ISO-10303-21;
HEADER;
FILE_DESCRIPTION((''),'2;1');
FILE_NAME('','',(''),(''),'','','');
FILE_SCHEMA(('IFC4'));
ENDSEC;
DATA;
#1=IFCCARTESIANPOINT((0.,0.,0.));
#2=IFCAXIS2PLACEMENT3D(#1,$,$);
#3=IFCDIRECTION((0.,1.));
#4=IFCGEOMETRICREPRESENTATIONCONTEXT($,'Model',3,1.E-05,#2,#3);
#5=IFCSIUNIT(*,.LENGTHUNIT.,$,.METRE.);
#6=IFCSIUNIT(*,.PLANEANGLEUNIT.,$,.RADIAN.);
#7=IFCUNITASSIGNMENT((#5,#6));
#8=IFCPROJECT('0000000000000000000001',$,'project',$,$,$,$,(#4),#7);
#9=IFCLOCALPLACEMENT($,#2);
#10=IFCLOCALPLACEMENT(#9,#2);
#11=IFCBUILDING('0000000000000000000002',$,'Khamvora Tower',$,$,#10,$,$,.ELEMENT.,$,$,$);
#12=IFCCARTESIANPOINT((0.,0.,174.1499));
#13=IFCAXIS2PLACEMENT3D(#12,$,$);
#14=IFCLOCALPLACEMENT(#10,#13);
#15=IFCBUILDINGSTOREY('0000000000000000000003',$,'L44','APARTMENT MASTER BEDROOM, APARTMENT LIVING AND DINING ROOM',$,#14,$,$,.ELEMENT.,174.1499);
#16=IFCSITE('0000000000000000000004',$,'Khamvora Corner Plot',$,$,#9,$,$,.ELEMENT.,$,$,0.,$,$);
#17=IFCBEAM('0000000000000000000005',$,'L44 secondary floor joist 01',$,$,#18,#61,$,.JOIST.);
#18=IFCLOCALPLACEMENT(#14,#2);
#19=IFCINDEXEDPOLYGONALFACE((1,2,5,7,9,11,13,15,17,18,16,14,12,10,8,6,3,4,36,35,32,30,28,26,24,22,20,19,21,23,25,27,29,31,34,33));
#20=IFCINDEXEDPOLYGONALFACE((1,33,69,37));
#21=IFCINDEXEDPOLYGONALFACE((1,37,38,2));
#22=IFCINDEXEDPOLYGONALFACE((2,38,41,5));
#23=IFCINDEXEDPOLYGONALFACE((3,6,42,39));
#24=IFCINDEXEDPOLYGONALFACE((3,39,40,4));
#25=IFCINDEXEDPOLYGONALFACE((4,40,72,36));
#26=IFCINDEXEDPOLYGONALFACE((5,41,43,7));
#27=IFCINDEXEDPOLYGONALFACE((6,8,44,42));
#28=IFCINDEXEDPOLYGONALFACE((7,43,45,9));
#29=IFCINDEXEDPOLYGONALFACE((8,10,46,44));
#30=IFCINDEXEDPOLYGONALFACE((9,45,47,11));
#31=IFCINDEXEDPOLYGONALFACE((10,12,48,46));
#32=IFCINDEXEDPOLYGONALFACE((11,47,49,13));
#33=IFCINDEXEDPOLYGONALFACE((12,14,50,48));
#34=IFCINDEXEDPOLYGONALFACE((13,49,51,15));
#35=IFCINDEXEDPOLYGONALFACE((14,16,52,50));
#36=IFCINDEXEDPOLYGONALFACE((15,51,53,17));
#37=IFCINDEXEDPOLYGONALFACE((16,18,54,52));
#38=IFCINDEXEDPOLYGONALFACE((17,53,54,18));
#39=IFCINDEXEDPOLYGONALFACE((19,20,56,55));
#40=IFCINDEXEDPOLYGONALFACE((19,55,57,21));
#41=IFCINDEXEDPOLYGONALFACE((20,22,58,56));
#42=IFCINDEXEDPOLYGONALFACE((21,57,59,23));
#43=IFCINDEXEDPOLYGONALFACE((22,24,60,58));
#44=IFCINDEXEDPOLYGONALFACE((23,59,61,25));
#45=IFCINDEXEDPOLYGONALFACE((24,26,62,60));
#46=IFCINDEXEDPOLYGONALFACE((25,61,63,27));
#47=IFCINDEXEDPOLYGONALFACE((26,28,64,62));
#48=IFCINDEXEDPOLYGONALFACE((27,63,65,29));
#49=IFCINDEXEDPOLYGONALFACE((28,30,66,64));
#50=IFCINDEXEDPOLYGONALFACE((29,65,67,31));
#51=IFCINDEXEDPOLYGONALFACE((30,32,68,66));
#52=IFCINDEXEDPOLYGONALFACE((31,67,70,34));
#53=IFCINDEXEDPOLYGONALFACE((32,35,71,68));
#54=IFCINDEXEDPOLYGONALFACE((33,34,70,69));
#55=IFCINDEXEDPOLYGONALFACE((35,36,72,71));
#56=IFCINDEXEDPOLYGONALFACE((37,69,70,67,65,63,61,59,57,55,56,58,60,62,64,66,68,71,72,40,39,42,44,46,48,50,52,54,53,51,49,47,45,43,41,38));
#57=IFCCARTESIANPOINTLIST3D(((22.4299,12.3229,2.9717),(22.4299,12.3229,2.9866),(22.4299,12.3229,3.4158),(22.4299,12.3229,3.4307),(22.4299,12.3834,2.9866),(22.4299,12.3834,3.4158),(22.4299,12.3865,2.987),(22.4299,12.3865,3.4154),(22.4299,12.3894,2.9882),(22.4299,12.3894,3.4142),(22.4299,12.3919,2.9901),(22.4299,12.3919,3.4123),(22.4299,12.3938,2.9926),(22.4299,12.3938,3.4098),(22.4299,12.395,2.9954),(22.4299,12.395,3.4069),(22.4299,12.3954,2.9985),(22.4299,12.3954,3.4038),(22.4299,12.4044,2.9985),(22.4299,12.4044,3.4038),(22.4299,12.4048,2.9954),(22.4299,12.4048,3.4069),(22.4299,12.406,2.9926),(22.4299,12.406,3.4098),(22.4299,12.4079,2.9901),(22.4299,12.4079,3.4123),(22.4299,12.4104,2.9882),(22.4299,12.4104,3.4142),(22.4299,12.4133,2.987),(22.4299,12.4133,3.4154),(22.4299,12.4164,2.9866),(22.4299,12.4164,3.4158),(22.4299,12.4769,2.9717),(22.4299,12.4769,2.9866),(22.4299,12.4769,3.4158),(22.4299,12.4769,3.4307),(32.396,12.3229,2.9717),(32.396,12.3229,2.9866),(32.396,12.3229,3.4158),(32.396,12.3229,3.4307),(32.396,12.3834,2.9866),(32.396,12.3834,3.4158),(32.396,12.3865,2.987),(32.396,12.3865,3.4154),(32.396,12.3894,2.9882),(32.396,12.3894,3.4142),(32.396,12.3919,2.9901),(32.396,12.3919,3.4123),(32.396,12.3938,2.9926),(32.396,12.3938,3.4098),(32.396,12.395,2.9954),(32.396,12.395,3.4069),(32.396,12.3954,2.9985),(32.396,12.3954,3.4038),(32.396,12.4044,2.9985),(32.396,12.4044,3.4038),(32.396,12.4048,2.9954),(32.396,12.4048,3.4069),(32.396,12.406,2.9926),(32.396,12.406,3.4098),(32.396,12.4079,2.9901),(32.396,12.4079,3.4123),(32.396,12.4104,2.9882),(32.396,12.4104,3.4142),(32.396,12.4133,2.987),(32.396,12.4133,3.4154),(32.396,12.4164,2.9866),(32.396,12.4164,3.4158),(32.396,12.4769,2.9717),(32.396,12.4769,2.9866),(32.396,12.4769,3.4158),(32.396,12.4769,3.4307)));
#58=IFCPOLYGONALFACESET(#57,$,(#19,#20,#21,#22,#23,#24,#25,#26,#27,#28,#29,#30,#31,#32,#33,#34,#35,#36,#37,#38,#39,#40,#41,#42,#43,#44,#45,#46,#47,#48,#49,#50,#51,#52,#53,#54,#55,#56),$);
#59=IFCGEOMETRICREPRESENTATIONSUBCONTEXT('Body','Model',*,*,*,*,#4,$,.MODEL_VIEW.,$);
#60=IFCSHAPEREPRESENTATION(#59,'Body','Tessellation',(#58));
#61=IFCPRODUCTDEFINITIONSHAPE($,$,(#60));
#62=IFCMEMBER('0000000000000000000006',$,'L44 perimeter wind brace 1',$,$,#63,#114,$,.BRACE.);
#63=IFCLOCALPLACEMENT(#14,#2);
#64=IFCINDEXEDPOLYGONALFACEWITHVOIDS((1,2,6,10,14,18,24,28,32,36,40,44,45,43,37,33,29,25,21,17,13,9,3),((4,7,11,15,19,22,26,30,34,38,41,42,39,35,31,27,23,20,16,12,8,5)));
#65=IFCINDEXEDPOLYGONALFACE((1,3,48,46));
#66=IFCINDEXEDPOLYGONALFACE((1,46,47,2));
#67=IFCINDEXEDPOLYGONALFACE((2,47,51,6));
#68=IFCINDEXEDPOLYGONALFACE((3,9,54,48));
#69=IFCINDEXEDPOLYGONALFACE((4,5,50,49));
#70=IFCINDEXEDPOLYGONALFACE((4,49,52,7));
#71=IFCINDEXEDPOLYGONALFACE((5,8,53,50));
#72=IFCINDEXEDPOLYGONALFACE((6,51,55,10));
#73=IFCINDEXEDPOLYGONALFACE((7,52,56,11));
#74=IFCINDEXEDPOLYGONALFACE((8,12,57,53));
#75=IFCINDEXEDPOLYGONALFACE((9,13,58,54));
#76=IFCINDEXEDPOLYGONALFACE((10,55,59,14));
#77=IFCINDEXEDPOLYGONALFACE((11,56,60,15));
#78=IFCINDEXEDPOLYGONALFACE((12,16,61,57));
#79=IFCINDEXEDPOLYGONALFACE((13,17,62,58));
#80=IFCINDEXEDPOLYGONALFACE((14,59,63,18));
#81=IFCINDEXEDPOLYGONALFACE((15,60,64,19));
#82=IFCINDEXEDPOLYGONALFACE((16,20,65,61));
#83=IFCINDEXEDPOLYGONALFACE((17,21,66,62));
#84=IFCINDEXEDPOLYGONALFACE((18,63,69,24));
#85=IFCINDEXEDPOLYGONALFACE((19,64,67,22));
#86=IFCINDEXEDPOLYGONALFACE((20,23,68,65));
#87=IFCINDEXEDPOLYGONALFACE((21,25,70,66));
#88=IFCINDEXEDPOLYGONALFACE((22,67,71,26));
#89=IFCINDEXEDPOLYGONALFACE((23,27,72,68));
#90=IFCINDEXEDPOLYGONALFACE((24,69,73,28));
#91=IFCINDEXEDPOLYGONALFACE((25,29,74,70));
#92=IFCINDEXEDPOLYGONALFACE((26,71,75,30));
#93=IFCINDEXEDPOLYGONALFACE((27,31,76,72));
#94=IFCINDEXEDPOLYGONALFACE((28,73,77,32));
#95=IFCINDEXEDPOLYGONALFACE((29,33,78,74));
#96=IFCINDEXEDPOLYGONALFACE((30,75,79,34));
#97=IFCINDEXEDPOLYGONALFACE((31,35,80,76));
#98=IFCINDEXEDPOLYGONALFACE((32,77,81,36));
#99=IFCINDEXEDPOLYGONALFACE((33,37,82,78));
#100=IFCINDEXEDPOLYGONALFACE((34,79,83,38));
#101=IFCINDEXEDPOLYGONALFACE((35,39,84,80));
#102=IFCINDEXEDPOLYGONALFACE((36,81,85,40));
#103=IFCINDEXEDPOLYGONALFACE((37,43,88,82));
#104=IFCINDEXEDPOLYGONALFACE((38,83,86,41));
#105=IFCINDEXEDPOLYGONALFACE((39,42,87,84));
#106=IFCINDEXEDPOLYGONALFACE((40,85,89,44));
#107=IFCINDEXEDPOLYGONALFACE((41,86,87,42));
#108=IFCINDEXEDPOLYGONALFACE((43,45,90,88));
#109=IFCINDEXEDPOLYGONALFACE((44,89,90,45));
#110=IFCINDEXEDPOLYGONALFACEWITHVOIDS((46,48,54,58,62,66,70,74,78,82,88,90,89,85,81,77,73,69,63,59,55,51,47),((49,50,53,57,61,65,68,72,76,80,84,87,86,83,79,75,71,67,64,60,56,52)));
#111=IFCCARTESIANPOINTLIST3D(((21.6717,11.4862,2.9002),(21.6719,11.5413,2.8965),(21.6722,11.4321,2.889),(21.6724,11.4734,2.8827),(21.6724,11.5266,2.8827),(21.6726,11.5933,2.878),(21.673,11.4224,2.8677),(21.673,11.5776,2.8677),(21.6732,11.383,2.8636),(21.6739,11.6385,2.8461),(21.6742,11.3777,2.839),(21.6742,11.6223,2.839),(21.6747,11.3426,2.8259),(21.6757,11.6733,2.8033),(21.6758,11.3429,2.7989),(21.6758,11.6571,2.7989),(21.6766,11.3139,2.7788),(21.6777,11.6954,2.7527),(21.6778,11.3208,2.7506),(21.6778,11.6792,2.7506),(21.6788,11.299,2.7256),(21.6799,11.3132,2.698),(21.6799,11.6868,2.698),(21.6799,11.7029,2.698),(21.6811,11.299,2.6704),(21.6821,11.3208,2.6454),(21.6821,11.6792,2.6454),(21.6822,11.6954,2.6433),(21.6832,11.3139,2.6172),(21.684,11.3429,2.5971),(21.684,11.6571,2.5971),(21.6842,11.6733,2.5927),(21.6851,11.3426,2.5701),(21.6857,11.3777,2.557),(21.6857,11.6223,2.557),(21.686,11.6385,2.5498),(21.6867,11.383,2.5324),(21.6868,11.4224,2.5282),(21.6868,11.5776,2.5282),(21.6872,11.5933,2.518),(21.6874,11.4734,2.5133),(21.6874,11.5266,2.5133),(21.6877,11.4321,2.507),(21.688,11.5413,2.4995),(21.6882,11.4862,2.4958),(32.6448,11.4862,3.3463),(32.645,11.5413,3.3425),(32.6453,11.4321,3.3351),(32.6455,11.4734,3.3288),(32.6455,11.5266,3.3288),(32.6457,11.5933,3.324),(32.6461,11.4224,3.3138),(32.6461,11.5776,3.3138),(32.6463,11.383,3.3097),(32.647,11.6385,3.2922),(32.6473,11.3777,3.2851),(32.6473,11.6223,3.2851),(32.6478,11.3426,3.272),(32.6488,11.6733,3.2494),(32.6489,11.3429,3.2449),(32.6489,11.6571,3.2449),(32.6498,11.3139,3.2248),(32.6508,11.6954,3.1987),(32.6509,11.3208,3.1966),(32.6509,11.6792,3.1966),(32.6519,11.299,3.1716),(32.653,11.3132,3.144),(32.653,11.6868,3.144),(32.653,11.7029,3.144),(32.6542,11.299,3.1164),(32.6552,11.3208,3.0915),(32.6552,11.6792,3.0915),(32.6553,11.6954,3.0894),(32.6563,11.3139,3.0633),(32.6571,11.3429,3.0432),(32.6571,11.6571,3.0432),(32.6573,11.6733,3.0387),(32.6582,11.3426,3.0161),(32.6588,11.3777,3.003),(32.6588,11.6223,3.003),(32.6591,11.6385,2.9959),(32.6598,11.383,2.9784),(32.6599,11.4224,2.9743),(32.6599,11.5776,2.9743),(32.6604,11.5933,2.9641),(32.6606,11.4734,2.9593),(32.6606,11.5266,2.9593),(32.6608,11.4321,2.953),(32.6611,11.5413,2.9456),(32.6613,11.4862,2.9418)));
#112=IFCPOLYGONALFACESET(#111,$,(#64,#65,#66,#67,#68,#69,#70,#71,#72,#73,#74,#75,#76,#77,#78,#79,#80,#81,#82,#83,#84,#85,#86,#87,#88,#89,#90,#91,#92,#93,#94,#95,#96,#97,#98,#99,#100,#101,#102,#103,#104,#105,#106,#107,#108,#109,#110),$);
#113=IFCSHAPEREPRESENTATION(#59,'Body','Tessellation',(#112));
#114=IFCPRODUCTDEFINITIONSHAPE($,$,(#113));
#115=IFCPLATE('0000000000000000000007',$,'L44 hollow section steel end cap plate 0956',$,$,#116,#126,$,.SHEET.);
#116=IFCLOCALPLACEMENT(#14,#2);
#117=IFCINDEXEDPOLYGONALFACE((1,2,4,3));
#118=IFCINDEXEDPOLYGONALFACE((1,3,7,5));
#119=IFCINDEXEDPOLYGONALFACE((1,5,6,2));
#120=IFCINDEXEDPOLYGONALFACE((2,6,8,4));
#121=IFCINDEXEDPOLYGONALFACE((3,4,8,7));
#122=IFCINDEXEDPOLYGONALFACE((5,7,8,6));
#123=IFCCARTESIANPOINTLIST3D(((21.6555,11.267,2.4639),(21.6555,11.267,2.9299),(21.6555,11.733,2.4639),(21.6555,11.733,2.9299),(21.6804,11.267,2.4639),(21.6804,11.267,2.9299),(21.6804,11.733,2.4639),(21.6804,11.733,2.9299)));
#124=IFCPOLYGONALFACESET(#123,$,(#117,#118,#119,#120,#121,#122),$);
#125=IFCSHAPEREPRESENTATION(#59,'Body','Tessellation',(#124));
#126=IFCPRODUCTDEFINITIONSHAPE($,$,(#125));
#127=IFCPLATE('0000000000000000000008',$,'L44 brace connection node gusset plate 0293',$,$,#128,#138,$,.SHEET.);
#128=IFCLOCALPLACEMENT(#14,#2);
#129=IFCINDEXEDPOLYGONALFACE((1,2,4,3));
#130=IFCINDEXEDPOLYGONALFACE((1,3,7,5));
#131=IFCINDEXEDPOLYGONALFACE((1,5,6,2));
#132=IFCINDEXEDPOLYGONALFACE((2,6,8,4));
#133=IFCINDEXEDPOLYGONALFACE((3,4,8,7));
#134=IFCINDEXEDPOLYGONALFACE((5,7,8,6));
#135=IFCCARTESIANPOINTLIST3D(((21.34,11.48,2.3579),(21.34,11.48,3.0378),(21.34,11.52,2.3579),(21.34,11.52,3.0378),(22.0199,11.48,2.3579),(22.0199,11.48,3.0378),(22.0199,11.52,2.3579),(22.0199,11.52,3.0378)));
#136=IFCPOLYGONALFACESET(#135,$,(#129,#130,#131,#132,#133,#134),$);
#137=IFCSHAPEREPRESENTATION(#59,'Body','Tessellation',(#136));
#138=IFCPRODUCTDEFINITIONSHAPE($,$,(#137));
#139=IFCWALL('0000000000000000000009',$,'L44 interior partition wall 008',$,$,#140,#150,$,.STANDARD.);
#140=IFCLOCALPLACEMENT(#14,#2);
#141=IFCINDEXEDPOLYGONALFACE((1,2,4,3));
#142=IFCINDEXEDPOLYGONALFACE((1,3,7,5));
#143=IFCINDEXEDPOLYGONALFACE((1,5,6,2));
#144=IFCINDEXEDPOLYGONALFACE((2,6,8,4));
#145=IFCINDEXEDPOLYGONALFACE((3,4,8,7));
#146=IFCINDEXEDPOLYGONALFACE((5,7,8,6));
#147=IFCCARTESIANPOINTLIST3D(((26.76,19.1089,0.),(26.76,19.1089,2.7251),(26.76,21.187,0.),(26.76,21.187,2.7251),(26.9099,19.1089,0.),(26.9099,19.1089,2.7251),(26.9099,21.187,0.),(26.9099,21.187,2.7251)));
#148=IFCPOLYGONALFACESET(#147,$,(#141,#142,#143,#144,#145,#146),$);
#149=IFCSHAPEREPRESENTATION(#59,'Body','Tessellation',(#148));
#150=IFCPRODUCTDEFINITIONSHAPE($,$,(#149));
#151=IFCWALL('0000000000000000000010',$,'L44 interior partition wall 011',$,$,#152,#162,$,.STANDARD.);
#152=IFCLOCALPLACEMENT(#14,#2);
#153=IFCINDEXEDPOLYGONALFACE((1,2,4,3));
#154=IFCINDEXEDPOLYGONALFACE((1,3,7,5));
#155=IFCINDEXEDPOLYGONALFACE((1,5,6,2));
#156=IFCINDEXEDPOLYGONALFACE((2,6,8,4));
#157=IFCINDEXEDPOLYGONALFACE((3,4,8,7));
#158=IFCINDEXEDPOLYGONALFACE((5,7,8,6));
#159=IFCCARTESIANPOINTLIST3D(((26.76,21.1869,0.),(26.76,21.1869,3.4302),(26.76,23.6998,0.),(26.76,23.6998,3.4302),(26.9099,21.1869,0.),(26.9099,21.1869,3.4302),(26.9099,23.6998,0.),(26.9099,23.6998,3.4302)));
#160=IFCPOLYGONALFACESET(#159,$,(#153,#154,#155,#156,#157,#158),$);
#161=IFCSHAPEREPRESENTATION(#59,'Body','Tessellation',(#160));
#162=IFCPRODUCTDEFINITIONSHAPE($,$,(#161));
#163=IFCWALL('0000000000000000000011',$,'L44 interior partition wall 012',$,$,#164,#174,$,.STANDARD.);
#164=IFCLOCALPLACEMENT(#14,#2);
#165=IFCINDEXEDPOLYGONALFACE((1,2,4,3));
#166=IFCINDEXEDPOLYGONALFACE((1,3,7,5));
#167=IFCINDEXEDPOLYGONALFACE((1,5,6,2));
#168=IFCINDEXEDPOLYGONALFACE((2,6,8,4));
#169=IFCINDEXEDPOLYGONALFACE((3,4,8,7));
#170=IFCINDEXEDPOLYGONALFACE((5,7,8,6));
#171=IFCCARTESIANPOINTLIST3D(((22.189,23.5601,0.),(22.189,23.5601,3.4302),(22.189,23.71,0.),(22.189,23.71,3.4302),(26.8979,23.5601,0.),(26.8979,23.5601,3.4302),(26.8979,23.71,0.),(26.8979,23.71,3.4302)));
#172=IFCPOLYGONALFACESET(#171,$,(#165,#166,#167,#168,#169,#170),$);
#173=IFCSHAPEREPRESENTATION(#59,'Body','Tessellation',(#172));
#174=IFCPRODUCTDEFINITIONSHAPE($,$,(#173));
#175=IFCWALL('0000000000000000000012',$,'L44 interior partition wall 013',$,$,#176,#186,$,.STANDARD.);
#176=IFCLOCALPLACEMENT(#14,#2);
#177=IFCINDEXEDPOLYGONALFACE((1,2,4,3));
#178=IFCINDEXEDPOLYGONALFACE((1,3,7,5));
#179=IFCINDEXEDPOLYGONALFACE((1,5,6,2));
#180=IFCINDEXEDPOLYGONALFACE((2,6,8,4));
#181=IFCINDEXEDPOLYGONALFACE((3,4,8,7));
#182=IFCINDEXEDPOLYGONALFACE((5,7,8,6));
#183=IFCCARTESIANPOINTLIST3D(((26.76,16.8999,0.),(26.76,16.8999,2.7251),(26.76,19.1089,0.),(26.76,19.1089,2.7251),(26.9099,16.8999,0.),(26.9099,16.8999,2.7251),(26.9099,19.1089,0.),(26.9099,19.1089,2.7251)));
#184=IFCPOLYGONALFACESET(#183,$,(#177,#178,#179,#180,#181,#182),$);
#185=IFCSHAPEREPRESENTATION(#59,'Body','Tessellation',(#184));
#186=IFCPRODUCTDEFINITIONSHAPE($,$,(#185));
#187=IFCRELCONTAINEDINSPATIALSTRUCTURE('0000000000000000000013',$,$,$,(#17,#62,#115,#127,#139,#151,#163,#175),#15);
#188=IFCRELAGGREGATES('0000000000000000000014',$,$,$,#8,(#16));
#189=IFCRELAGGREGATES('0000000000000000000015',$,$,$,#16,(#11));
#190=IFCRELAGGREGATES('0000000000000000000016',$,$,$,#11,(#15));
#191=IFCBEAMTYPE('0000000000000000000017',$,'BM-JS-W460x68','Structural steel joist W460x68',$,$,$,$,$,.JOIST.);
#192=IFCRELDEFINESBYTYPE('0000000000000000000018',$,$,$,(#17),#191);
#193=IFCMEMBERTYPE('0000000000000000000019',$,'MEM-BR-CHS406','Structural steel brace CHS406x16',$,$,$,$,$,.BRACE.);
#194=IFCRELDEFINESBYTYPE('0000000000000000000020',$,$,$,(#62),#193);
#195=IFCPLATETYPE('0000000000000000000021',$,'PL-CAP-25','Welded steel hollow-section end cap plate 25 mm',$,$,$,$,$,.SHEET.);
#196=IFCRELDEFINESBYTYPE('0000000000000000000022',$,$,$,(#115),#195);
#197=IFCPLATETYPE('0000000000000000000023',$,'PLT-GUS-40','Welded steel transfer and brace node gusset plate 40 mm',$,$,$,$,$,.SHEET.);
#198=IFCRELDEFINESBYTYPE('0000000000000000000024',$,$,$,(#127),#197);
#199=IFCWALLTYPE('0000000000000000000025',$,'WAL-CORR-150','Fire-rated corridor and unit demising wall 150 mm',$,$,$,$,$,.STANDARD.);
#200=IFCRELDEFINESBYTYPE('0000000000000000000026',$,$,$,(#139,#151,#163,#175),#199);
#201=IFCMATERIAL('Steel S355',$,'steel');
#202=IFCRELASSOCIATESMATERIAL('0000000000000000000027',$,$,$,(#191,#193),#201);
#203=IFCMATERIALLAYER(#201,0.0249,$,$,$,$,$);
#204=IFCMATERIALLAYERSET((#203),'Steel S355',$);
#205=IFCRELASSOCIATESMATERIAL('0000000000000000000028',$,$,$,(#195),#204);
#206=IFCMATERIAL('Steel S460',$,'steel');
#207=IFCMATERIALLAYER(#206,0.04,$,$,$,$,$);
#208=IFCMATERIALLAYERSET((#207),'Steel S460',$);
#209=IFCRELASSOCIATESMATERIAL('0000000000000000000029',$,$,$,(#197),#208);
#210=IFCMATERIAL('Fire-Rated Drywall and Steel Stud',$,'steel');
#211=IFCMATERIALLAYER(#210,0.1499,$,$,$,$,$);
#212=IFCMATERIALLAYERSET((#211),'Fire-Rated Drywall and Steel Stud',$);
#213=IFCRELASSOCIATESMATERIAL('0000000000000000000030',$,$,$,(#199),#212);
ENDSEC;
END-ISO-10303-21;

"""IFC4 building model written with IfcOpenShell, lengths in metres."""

from ifc_helpers import new_model, si_unit, direction, frame, frame_2d, origin, origin_2d, place, context, subcontext, project, spatial, rectangle, hollow_circle, i_section, extrude, material, layer, layer_set, material_profile, profile_set, type_object, element, save


model = new_model("IFC4")

# Units and contexts
model_context = context("Model", 3, precision=1e-05, world=origin(), true_north=direction((0.0, 1.0)))
body_context = subcontext(model_context, "Body", "Model", "MODEL_VIEW")
ifc_project = project(units=[si_unit("LENGTHUNIT", "METRE"), si_unit("PLANEANGLEUNIT", "RADIAN")], contexts=[model_context])

# Site, building, storey
site_placement = place(None, origin())
site = spatial("IfcSite", under=ifc_project, at=site_placement, Name="Khamvora Corner Plot", CompositionType="ELEMENT", RefElevation=0.0)
building_placement = place(site_placement, origin())
building = spatial("IfcBuilding", under=site, at=building_placement, Name="Khamvora Tower", CompositionType="ELEMENT")
storey_placement = place(building_placement, frame((0.0, 0.0, 174.1499)))
storey = spatial("IfcBuildingStorey", under=building, at=storey_placement, Name="L44", Description="APARTMENT MASTER BEDROOM, APARTMENT LIVING AND DINING ROOM", CompositionType="ELEMENT", Elevation=174.1499)

# Beam
ifc_material_1 = material(Name="Steel S355", Category="steel")
ifc_material_profile_1 = material_profile(ifc_material_1, i_section(OverallWidth=0.1541, OverallDepth=0.459, WebThickness=0.009, FlangeThickness=0.0149, FilletRadius=0.012, at=origin_2d()), Name="W460x68")
ifc_profile_set_1 = profile_set([ifc_material_profile_1], Name="Steel S355")
beam_type = type_object("IfcBeamType", Name="BM-JS-W460x68", Description="Structural steel joist W460x68", PredefinedType="JOIST", material=ifc_profile_set_1)
beam_placement = place(storey_placement, frame((22.4299, 12.3999, 3.2012), z_axis=(1.0, 0.0, 0.0), x_axis=(0.0, 1.0, 0.0)))
element("IfcBeam", 1, at=beam_placement, inside=storey, type_object=beam_type, Name="L44 secondary floor joist 01", PredefinedType="JOIST", context=body_context, shape_type="SweptSolid", body=[
    extrude(i_section(OverallWidth=0.1541, OverallDepth=0.459, WebThickness=0.009, FlangeThickness=0.0149, FilletRadius=0.012, at=origin_2d()), origin(), (0.0, 0.0, 1.0), 9.9661),
])

# Member
ifc_material_profile_2 = material_profile(ifc_material_1, hollow_circle(Radius=0.2029, WallThickness=0.0161, at=origin_2d()), Name="CHS406x16")
ifc_profile_set_2 = profile_set([ifc_material_profile_2], Name="Steel S355")
member_type = type_object("IfcMemberType", Name="MEM-BR-CHS406", Description="Structural steel brace CHS406x16", PredefinedType="BRACE", material=ifc_profile_set_2)
member_placement = place(storey_placement, frame((21.6799, 11.5, 2.698), z_axis=(0.999175, 0.0, 0.040615), x_axis=(0.0, 1.0, 0.0)))
element("IfcMember", 2, at=member_placement, inside=storey, type_object=member_type, Name="L44 perimeter wind brace 1", PredefinedType="BRACE", context=body_context, shape_type="SweptSolid", body=[
    extrude(hollow_circle(Radius=0.2029, WallThickness=0.0161, at=origin_2d()), origin(), (0.0, 0.0, 1.0), 10.9822),
])

# Plates
ifc_layer_1 = layer(ifc_material_1, 0.0249)
ifc_layer_set_1 = layer_set([ifc_layer_1], Name="Steel S355")
plate_type_1 = type_object("IfcPlateType", Name="PL-CAP-25", Description="Welded steel hollow-section end cap plate 25 mm", PredefinedType="SHEET", material=ifc_layer_set_1)
plate_1_placement = place(storey_placement, frame((21.668, 11.5, 2.4639), z_axis=(0.0, 0.0, 1.0), x_axis=(1.0, 0.0, 0.0)))
element("IfcPlate", 3, at=plate_1_placement, inside=storey, type_object=plate_type_1, Name="L44 hollow section steel end cap plate 0956", PredefinedType="SHEET", context=body_context, shape_type="SweptSolid", body=[
    extrude(rectangle(XDim=0.0249, YDim=0.4661, at=origin_2d()), origin(), (0.0, 0.0, 1.0), 0.4661),
])
ifc_material_2 = material(Name="Steel S460", Category="steel")
ifc_layer_2 = layer(ifc_material_2, 0.04)
ifc_layer_set_2 = layer_set([ifc_layer_2], Name="Steel S460")
plate_type_2 = type_object("IfcPlateType", Name="PLT-GUS-40", Description="Welded steel transfer and brace node gusset plate 40 mm", PredefinedType="SHEET", material=ifc_layer_set_2)
plate_2_placement = place(storey_placement, frame((21.6799, 11.5, 2.3579), z_axis=(0.0, 0.0, 1.0), x_axis=(1.0, 0.0, 0.0)))
element("IfcPlate", 4, at=plate_2_placement, inside=storey, type_object=plate_type_2, Name="L44 brace connection node gusset plate 0293", PredefinedType="SHEET", context=body_context, shape_type="SweptSolid", body=[
    extrude(rectangle(XDim=0.6799, YDim=0.04, at=origin_2d()), origin(), (0.0, 0.0, 1.0), 0.6799),
])

# Wall
ifc_material_3 = material(Name="Fire-Rated Drywall and Steel Stud", Category="steel")
ifc_layer_3 = layer(ifc_material_3, 0.1499)
ifc_layer_set_3 = layer_set([ifc_layer_3], Name="Fire-Rated Drywall and Steel Stud")
wall_type_1 = type_object("IfcWallType", Name="WAL-CORR-150", Description="Fire-rated corridor and unit demising wall 150 mm", PredefinedType="STANDARD", material=ifc_layer_set_3)
wall_1_placement = place(storey_placement, frame((26.835, 19.1089, 0.0), z_axis=(0.0, 0.0, 1.0), x_axis=(0.0, 1.0, 0.0)))
element("IfcWall", 5, at=wall_1_placement, inside=storey, type_object=wall_type_1, Name="L44 interior partition wall 008", PredefinedType="STANDARD", context=body_context, shape_type="SweptSolid", body=[
    extrude(rectangle(XDim=2.0781, YDim=0.1499, at=frame_2d((1.0391, 0.0))), origin(), (0.0, 0.0, 1.0), 2.7251),
])

# Walls
wall_2_placement = place(storey_placement, frame((26.835, 21.187, 0.0), z_axis=(0.0, 0.0, 1.0), x_axis=(0.0, 1.0, 0.0)))
element("IfcWall", 6, at=wall_2_placement, inside=storey, type_object=wall_type_1, Name="L44 interior partition wall 011", PredefinedType="STANDARD", context=body_context, shape_type="SweptSolid", body=[
    extrude(rectangle(XDim=2.5129, YDim=0.1499, at=frame_2d((1.2563, 0.0))), origin(), (0.0, 0.0, 1.0), 3.4302),
])
wall_3_placement = place(storey_placement, frame((26.8979, 23.635, 0.0), z_axis=(0.0, 0.0, 1.0), x_axis=(-1.0, 0.0, 0.0)))
element("IfcWall", 7, at=wall_3_placement, inside=storey, type_object=wall_type_1, Name="L44 interior partition wall 012", PredefinedType="STANDARD", context=body_context, shape_type="SweptSolid", body=[
    extrude(rectangle(XDim=4.709, YDim=0.1499, at=frame_2d((2.3545, 0.0))), origin(), (0.0, 0.0, 1.0), 3.4302),
])
wall_4_placement = place(storey_placement, frame((26.835, 16.8999, 0.0), z_axis=(0.0, 0.0, 1.0), x_axis=(0.0, 1.0, 0.0)))
element("IfcWall", 8, at=wall_4_placement, inside=storey, type_object=wall_type_1, Name="L44 interior partition wall 013", PredefinedType="STANDARD", context=body_context, shape_type="SweptSolid", body=[
    extrude(rectangle(XDim=2.209, YDim=0.1499, at=frame_2d((1.1045, 0.0))), origin(), (0.0, 0.0, 1.0), 2.7251),
])

save(model, "model.ifc")
